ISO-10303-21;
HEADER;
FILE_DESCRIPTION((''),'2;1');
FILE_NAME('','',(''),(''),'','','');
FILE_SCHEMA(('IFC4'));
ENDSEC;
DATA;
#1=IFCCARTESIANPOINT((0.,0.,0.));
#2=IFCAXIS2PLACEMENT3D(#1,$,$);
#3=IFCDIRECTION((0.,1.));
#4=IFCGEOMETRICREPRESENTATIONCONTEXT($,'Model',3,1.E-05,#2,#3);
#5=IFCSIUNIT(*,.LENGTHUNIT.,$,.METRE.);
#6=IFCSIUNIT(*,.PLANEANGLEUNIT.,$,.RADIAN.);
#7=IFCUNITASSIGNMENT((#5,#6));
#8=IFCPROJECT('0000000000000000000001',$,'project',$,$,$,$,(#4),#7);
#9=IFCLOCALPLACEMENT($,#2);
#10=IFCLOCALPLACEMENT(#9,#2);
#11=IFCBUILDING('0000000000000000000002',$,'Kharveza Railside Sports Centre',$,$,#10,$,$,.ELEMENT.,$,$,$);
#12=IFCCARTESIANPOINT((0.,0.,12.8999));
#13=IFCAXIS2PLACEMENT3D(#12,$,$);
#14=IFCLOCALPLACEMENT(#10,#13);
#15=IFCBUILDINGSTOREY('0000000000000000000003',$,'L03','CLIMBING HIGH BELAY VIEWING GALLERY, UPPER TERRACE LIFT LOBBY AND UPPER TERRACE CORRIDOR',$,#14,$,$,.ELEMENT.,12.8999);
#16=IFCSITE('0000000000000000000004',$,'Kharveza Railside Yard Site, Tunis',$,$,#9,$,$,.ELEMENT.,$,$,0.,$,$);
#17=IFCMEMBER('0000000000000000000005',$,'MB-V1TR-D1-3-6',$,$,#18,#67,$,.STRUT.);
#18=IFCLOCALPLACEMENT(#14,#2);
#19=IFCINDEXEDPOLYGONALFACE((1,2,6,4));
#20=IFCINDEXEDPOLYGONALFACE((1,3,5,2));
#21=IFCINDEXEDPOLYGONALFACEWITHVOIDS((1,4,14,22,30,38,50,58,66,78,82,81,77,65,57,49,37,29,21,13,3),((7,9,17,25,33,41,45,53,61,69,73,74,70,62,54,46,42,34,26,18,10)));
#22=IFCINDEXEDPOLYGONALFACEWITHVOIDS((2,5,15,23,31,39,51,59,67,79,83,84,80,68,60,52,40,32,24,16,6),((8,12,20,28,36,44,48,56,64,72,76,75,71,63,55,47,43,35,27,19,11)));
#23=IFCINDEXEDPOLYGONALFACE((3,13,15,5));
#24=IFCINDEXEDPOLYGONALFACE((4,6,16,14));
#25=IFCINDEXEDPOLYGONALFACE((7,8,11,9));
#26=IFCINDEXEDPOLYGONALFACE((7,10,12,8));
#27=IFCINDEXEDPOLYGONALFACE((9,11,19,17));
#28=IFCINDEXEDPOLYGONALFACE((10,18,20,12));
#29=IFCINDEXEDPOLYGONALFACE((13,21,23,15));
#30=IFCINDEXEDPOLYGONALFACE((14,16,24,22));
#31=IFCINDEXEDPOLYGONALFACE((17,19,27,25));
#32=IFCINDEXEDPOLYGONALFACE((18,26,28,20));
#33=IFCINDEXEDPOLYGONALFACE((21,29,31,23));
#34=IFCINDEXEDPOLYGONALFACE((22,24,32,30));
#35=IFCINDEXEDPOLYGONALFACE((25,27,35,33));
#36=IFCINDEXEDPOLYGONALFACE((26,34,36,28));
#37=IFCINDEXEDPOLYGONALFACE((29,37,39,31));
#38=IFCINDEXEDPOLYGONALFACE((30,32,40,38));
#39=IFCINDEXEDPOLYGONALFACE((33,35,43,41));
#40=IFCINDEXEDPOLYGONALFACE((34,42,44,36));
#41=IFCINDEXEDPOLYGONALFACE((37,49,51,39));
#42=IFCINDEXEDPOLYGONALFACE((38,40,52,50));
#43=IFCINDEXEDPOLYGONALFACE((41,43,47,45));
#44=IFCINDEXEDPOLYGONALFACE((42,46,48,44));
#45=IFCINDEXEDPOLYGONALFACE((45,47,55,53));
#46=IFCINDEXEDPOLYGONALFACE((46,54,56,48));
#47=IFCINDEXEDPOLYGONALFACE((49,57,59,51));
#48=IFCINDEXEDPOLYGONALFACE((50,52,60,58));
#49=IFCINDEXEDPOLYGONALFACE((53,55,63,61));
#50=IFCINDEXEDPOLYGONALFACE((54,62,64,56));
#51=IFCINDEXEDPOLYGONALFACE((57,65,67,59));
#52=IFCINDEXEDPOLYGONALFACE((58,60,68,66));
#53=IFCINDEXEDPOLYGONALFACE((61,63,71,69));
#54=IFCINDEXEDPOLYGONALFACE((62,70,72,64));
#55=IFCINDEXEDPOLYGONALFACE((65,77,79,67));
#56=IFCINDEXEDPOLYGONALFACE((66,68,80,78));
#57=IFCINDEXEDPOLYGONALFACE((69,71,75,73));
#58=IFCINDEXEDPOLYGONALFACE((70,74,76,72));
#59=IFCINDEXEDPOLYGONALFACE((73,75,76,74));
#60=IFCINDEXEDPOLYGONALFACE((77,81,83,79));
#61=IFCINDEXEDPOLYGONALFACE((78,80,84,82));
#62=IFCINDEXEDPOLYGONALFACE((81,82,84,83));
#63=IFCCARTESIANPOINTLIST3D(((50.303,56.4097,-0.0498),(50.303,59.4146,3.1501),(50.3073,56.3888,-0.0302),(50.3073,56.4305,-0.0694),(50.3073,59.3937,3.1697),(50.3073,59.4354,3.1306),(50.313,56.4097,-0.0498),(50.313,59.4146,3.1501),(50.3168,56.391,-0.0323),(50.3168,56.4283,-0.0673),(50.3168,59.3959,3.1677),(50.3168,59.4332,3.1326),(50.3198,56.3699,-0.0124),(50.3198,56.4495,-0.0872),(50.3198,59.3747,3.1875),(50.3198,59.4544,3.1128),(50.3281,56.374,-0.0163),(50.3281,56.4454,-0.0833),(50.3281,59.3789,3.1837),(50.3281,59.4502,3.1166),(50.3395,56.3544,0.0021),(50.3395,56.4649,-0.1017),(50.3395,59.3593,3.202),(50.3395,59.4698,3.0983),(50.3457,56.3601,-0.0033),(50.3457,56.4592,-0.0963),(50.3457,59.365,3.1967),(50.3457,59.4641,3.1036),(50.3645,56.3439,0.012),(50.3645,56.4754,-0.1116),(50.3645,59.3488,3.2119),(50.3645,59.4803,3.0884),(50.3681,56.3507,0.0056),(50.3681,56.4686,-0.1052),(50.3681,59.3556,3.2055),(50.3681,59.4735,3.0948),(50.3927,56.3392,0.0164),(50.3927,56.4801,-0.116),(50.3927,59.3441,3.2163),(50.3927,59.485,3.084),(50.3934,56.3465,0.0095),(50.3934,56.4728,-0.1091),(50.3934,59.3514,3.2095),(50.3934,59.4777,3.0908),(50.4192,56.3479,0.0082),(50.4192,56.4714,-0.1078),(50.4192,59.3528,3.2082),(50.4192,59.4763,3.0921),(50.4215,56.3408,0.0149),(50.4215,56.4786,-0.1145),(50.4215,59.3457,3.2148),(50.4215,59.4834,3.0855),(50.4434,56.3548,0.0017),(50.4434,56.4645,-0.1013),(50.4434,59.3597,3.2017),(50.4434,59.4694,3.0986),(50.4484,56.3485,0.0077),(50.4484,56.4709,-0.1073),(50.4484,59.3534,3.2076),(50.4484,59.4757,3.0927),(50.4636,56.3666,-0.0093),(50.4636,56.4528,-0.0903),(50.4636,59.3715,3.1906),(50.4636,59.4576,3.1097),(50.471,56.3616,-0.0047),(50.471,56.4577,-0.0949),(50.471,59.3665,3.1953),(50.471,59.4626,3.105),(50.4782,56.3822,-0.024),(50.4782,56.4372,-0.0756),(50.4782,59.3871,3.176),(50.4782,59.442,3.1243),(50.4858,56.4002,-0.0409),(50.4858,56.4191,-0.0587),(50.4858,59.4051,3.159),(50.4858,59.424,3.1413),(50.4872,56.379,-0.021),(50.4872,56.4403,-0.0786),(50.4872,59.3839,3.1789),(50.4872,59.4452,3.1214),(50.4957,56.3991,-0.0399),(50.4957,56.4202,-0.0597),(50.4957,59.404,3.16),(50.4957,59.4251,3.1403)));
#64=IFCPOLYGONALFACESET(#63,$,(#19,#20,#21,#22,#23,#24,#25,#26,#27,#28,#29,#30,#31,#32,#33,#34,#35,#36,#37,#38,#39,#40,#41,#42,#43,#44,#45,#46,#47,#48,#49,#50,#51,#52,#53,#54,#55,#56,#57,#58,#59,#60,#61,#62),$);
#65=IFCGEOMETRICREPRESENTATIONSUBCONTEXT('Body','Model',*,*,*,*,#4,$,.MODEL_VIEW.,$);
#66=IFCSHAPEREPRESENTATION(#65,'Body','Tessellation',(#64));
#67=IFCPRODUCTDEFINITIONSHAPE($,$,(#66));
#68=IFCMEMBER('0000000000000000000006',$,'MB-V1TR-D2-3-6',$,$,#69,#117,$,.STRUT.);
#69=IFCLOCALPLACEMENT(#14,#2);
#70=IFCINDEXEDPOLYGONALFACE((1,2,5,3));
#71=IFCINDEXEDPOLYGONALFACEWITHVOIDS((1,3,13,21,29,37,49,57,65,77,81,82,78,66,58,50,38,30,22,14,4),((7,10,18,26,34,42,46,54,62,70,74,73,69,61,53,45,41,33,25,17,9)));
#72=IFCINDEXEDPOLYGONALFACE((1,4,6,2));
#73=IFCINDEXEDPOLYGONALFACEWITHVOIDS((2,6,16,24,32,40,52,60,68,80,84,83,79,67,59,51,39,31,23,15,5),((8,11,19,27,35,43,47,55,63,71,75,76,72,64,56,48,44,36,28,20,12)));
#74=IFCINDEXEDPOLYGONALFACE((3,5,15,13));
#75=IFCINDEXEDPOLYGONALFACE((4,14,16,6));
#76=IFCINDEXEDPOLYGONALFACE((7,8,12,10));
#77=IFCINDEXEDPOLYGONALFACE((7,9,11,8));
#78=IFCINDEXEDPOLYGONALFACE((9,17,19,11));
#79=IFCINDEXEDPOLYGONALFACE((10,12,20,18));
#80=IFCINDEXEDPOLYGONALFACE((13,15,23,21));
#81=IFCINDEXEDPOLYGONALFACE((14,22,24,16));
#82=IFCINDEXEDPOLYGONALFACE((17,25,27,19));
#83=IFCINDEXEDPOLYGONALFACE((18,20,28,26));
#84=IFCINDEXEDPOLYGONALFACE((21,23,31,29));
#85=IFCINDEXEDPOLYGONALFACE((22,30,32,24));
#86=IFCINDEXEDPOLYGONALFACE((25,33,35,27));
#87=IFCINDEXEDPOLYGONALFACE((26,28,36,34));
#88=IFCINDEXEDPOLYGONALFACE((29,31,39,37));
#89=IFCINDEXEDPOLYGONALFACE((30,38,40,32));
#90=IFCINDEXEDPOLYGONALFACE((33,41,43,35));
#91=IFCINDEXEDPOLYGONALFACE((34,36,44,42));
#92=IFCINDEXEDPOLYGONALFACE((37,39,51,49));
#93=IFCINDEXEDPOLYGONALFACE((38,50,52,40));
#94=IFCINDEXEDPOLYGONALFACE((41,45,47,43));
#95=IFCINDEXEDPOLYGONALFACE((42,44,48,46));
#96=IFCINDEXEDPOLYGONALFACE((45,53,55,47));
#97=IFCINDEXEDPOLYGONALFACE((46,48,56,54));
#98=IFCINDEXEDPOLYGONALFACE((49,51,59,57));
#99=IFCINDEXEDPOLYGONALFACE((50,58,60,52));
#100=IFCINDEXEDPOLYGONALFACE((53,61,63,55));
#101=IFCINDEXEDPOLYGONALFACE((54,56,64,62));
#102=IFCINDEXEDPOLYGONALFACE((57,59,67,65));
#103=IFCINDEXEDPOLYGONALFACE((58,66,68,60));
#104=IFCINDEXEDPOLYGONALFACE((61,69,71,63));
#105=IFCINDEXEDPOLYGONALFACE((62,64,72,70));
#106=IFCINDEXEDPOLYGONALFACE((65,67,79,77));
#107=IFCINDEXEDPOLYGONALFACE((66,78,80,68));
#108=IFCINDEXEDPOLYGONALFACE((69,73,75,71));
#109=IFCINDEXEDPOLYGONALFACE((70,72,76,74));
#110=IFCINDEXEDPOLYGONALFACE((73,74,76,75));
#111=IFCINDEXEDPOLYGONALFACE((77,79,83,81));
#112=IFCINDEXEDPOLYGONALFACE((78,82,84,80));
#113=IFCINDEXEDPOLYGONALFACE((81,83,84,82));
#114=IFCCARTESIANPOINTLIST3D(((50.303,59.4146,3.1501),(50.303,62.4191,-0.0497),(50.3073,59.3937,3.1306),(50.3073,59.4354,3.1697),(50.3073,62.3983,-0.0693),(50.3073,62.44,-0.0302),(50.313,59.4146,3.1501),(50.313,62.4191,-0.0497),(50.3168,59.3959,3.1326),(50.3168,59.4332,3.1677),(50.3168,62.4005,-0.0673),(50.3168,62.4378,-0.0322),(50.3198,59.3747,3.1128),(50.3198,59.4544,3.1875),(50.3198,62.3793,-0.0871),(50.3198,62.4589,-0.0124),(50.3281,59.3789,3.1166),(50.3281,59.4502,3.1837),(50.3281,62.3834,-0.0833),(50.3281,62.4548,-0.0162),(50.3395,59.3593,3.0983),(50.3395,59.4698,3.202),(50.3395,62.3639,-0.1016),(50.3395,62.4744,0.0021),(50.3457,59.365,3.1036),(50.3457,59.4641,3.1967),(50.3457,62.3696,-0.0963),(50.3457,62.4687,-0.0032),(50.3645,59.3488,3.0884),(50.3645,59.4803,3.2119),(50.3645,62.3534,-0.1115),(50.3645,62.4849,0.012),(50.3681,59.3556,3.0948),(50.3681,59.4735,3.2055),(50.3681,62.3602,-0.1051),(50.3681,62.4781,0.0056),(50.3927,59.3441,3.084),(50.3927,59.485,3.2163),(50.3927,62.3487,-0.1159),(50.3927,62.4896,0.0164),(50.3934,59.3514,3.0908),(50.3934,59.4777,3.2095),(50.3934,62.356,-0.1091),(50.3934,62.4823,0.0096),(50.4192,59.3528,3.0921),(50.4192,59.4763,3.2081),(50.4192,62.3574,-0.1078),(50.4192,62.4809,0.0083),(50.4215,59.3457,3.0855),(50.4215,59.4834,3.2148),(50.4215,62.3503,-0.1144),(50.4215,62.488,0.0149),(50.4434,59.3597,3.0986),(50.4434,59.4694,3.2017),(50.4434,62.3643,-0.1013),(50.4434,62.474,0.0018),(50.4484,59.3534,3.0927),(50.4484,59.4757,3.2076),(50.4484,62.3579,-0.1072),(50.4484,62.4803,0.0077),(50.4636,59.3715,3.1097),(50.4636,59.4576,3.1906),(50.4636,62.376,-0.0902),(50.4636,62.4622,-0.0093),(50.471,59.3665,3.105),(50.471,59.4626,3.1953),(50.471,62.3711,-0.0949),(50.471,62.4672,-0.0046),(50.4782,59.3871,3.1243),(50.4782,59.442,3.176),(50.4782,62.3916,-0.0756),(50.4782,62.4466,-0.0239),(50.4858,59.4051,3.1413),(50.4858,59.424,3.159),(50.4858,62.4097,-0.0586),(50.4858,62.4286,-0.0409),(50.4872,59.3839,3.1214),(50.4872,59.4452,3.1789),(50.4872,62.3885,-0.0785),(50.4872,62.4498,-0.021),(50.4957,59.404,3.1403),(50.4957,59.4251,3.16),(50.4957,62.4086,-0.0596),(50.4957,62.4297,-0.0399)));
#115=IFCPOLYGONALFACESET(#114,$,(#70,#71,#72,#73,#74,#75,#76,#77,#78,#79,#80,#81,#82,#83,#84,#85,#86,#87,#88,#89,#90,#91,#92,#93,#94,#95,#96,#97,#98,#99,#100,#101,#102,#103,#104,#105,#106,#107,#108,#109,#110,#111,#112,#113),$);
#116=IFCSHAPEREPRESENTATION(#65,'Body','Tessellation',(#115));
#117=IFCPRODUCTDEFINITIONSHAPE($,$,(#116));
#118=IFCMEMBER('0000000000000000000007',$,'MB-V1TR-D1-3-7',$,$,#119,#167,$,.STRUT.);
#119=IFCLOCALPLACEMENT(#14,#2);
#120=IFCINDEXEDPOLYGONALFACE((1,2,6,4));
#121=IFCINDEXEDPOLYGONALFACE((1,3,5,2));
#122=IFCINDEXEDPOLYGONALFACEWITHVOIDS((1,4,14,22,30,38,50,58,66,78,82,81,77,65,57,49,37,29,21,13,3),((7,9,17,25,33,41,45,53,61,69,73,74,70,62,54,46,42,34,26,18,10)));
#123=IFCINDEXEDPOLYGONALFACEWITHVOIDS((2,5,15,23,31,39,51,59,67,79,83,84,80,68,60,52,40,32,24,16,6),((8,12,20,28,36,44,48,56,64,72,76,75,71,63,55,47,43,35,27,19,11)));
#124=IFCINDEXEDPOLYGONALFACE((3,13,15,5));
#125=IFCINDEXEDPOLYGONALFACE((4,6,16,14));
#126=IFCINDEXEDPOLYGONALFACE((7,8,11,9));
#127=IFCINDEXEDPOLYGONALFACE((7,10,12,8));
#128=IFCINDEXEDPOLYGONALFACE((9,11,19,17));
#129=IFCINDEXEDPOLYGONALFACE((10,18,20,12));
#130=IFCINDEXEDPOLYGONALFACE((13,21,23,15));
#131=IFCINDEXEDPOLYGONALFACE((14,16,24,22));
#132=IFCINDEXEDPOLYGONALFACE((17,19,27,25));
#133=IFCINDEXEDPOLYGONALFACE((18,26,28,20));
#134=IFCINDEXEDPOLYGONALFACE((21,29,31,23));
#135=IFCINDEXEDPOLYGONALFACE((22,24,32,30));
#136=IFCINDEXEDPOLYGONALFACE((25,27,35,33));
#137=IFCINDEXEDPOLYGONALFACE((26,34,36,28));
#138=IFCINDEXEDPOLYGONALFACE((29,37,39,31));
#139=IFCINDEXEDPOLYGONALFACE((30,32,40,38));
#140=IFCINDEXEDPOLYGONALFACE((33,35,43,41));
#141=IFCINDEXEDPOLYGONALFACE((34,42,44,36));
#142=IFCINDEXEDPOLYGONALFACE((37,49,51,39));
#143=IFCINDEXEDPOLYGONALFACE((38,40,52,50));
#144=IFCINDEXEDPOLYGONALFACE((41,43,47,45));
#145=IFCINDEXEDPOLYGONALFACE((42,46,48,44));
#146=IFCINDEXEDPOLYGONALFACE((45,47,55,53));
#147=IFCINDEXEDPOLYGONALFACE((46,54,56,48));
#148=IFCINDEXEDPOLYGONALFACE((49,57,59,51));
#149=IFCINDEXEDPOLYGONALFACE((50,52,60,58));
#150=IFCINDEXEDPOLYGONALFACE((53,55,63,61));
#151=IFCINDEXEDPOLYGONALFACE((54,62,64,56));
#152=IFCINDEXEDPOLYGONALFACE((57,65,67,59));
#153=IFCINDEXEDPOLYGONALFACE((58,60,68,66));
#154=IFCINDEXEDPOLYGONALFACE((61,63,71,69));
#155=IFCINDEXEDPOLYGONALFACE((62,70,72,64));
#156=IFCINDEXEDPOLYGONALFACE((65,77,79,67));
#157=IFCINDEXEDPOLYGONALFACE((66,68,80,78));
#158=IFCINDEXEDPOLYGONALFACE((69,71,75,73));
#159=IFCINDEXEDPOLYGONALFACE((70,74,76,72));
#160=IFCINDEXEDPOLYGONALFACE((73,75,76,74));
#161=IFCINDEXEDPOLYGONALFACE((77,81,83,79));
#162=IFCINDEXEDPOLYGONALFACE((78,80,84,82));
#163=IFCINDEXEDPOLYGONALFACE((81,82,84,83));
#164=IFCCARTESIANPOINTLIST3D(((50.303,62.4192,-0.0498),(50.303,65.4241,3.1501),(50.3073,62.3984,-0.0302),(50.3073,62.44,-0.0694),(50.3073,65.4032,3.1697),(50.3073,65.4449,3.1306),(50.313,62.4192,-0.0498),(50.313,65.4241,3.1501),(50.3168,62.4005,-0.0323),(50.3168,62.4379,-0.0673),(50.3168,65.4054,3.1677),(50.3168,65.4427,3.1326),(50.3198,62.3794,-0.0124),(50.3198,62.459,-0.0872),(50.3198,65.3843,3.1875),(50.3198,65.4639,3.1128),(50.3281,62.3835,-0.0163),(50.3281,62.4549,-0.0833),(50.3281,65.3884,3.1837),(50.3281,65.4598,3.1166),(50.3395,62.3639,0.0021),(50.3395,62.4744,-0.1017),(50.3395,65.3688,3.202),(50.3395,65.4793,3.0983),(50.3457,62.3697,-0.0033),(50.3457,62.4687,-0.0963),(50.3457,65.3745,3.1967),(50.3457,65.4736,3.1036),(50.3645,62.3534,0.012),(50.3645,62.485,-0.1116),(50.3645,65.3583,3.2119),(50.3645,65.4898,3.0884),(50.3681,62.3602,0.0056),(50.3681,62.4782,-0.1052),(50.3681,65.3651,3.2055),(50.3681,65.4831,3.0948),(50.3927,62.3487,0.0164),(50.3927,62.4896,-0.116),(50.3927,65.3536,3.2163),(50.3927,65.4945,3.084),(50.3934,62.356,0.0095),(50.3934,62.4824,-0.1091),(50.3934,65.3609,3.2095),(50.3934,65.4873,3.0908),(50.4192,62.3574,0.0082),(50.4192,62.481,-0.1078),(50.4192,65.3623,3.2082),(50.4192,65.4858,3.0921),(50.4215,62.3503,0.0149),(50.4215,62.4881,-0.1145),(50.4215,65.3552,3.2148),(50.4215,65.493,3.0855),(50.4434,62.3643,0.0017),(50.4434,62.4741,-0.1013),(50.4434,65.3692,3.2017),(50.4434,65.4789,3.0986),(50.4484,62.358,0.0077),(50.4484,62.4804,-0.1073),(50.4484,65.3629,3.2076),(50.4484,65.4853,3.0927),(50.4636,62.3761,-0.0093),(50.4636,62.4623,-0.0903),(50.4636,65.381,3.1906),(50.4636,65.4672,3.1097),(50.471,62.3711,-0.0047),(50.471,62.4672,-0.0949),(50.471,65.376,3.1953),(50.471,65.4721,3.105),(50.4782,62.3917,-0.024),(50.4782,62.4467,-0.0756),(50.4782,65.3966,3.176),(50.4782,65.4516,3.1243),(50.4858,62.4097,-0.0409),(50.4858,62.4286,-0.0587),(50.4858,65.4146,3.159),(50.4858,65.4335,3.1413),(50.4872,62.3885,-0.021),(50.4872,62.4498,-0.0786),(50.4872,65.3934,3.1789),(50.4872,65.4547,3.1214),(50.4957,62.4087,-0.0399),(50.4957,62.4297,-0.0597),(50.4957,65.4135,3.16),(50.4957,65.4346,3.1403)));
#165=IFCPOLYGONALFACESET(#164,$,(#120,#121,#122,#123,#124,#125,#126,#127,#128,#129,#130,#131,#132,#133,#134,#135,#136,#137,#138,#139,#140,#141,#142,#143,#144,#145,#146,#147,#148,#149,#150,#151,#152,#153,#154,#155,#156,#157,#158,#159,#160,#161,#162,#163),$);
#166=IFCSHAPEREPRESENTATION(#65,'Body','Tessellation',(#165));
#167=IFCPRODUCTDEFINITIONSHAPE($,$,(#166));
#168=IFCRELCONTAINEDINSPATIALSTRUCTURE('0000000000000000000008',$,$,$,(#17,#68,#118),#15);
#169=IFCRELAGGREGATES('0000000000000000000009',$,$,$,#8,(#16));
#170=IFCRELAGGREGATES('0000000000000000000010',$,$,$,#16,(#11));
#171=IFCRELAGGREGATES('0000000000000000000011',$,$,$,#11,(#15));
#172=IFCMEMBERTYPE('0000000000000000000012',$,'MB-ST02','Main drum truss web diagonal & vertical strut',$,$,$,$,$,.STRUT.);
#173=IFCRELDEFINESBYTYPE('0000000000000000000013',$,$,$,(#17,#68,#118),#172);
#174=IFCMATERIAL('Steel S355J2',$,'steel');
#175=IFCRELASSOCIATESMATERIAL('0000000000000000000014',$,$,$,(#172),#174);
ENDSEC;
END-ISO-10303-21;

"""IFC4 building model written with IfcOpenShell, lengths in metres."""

from ifc_helpers import new_model, si_unit, direction, frame, origin, origin_2d, place, context, subcontext, project, spatial, hollow_circle, extrude, material, material_profile, profile_set, type_object, element, save


model = new_model("IFC4")

# Units and contexts
model_context = context("Model", 3, precision=1e-05, world=origin(), true_north=direction((0.0, 1.0)))
body_context = subcontext(model_context, "Body", "Model", "MODEL_VIEW")
ifc_project = project(units=[si_unit("LENGTHUNIT", "METRE"), si_unit("PLANEANGLEUNIT", "RADIAN")], contexts=[model_context])

# Site, building, storey
site_placement = place(None, origin())
site = spatial("IfcSite", under=ifc_project, at=site_placement, Name="Kharveza Railside Yard Site, Tunis", CompositionType="ELEMENT", RefElevation=0.0)
building_placement = place(site_placement, origin())
building = spatial("IfcBuilding", under=site, at=building_placement, Name="Kharveza Railside Sports Centre", CompositionType="ELEMENT")
storey_placement = place(building_placement, frame((0.0, 0.0, 12.8999)))
storey = spatial("IfcBuildingStorey", under=building, at=storey_placement, Name="L03", Description="CLIMBING HIGH BELAY VIEWING GALLERY, UPPER TERRACE LIFT LOBBY AND UPPER TERRACE CORRIDOR", CompositionType="ELEMENT", Elevation=12.8999)

# Members
ifc_material_1 = material(Name="Steel S355J2", Category="steel")
ifc_material_profile_1 = material_profile(ifc_material_1, hollow_circle(Radius=0.0969, WallThickness=0.01, at=origin_2d()), Name="CHS 193.7x10.0")
ifc_profile_set_1 = profile_set([ifc_material_profile_1], Name="Steel S355J2")
member_type_1 = type_object("IfcMemberType", Name="MB-ST02", Description="Main drum truss web diagonal & vertical strut", PredefinedType="STRUT", material=ifc_profile_set_1)
for number, where, z_axis, x_axis, name in (
    (1, (50.3999, 56.4097, -0.0498), (0.0, 0.684538, 0.728977), (-1.0, 0.0, 0.0), "MB-V1TR-D1-3-6"),
):
    element("IfcMember", number, at=place(storey_placement, frame(where, z_axis=z_axis, x_axis=x_axis)), inside=storey, type_object=member_type_1, Name=name, PredefinedType="STRUT", context=body_context, shape_type="SweptSolid", body=[
        extrude(hollow_circle(Radius=0.0969, WallThickness=0.01, at=origin_2d()), origin(), (0.0, 0.0, 1.0), 4.3896),
    ])
member_1_placement = place(storey_placement, frame((50.3999, 59.4146, 3.1501), z_axis=(0.0, 0.684509, -0.729004), x_axis=(-1.0, 0.0, 0.0)))
element("IfcMember", 2, at=member_1_placement, inside=storey, type_object=member_type_1, Name="MB-V1TR-D2-3-6", PredefinedType="STRUT", context=body_context, shape_type="SweptSolid", body=[
    extrude(hollow_circle(Radius=0.0969, WallThickness=0.01, at=origin_2d()), origin(), (0.0, 0.0, 1.0), 4.3894),
])
for number, where, z_axis, x_axis, name in (
    (3, (50.3999, 62.4192, -0.0498), (0.0, 0.684538, 0.728977), (-1.0, 0.0, 0.0), "MB-V1TR-D1-3-7"),
):
    element("IfcMember", number, at=place(storey_placement, frame(where, z_axis=z_axis, x_axis=x_axis)), inside=storey, type_object=member_type_1, Name=name, PredefinedType="STRUT", context=body_context, shape_type="SweptSolid", body=[
        extrude(hollow_circle(Radius=0.0969, WallThickness=0.01, at=origin_2d()), origin(), (0.0, 0.0, 1.0), 4.3896),
    ])

save(model, "model.ifc")
